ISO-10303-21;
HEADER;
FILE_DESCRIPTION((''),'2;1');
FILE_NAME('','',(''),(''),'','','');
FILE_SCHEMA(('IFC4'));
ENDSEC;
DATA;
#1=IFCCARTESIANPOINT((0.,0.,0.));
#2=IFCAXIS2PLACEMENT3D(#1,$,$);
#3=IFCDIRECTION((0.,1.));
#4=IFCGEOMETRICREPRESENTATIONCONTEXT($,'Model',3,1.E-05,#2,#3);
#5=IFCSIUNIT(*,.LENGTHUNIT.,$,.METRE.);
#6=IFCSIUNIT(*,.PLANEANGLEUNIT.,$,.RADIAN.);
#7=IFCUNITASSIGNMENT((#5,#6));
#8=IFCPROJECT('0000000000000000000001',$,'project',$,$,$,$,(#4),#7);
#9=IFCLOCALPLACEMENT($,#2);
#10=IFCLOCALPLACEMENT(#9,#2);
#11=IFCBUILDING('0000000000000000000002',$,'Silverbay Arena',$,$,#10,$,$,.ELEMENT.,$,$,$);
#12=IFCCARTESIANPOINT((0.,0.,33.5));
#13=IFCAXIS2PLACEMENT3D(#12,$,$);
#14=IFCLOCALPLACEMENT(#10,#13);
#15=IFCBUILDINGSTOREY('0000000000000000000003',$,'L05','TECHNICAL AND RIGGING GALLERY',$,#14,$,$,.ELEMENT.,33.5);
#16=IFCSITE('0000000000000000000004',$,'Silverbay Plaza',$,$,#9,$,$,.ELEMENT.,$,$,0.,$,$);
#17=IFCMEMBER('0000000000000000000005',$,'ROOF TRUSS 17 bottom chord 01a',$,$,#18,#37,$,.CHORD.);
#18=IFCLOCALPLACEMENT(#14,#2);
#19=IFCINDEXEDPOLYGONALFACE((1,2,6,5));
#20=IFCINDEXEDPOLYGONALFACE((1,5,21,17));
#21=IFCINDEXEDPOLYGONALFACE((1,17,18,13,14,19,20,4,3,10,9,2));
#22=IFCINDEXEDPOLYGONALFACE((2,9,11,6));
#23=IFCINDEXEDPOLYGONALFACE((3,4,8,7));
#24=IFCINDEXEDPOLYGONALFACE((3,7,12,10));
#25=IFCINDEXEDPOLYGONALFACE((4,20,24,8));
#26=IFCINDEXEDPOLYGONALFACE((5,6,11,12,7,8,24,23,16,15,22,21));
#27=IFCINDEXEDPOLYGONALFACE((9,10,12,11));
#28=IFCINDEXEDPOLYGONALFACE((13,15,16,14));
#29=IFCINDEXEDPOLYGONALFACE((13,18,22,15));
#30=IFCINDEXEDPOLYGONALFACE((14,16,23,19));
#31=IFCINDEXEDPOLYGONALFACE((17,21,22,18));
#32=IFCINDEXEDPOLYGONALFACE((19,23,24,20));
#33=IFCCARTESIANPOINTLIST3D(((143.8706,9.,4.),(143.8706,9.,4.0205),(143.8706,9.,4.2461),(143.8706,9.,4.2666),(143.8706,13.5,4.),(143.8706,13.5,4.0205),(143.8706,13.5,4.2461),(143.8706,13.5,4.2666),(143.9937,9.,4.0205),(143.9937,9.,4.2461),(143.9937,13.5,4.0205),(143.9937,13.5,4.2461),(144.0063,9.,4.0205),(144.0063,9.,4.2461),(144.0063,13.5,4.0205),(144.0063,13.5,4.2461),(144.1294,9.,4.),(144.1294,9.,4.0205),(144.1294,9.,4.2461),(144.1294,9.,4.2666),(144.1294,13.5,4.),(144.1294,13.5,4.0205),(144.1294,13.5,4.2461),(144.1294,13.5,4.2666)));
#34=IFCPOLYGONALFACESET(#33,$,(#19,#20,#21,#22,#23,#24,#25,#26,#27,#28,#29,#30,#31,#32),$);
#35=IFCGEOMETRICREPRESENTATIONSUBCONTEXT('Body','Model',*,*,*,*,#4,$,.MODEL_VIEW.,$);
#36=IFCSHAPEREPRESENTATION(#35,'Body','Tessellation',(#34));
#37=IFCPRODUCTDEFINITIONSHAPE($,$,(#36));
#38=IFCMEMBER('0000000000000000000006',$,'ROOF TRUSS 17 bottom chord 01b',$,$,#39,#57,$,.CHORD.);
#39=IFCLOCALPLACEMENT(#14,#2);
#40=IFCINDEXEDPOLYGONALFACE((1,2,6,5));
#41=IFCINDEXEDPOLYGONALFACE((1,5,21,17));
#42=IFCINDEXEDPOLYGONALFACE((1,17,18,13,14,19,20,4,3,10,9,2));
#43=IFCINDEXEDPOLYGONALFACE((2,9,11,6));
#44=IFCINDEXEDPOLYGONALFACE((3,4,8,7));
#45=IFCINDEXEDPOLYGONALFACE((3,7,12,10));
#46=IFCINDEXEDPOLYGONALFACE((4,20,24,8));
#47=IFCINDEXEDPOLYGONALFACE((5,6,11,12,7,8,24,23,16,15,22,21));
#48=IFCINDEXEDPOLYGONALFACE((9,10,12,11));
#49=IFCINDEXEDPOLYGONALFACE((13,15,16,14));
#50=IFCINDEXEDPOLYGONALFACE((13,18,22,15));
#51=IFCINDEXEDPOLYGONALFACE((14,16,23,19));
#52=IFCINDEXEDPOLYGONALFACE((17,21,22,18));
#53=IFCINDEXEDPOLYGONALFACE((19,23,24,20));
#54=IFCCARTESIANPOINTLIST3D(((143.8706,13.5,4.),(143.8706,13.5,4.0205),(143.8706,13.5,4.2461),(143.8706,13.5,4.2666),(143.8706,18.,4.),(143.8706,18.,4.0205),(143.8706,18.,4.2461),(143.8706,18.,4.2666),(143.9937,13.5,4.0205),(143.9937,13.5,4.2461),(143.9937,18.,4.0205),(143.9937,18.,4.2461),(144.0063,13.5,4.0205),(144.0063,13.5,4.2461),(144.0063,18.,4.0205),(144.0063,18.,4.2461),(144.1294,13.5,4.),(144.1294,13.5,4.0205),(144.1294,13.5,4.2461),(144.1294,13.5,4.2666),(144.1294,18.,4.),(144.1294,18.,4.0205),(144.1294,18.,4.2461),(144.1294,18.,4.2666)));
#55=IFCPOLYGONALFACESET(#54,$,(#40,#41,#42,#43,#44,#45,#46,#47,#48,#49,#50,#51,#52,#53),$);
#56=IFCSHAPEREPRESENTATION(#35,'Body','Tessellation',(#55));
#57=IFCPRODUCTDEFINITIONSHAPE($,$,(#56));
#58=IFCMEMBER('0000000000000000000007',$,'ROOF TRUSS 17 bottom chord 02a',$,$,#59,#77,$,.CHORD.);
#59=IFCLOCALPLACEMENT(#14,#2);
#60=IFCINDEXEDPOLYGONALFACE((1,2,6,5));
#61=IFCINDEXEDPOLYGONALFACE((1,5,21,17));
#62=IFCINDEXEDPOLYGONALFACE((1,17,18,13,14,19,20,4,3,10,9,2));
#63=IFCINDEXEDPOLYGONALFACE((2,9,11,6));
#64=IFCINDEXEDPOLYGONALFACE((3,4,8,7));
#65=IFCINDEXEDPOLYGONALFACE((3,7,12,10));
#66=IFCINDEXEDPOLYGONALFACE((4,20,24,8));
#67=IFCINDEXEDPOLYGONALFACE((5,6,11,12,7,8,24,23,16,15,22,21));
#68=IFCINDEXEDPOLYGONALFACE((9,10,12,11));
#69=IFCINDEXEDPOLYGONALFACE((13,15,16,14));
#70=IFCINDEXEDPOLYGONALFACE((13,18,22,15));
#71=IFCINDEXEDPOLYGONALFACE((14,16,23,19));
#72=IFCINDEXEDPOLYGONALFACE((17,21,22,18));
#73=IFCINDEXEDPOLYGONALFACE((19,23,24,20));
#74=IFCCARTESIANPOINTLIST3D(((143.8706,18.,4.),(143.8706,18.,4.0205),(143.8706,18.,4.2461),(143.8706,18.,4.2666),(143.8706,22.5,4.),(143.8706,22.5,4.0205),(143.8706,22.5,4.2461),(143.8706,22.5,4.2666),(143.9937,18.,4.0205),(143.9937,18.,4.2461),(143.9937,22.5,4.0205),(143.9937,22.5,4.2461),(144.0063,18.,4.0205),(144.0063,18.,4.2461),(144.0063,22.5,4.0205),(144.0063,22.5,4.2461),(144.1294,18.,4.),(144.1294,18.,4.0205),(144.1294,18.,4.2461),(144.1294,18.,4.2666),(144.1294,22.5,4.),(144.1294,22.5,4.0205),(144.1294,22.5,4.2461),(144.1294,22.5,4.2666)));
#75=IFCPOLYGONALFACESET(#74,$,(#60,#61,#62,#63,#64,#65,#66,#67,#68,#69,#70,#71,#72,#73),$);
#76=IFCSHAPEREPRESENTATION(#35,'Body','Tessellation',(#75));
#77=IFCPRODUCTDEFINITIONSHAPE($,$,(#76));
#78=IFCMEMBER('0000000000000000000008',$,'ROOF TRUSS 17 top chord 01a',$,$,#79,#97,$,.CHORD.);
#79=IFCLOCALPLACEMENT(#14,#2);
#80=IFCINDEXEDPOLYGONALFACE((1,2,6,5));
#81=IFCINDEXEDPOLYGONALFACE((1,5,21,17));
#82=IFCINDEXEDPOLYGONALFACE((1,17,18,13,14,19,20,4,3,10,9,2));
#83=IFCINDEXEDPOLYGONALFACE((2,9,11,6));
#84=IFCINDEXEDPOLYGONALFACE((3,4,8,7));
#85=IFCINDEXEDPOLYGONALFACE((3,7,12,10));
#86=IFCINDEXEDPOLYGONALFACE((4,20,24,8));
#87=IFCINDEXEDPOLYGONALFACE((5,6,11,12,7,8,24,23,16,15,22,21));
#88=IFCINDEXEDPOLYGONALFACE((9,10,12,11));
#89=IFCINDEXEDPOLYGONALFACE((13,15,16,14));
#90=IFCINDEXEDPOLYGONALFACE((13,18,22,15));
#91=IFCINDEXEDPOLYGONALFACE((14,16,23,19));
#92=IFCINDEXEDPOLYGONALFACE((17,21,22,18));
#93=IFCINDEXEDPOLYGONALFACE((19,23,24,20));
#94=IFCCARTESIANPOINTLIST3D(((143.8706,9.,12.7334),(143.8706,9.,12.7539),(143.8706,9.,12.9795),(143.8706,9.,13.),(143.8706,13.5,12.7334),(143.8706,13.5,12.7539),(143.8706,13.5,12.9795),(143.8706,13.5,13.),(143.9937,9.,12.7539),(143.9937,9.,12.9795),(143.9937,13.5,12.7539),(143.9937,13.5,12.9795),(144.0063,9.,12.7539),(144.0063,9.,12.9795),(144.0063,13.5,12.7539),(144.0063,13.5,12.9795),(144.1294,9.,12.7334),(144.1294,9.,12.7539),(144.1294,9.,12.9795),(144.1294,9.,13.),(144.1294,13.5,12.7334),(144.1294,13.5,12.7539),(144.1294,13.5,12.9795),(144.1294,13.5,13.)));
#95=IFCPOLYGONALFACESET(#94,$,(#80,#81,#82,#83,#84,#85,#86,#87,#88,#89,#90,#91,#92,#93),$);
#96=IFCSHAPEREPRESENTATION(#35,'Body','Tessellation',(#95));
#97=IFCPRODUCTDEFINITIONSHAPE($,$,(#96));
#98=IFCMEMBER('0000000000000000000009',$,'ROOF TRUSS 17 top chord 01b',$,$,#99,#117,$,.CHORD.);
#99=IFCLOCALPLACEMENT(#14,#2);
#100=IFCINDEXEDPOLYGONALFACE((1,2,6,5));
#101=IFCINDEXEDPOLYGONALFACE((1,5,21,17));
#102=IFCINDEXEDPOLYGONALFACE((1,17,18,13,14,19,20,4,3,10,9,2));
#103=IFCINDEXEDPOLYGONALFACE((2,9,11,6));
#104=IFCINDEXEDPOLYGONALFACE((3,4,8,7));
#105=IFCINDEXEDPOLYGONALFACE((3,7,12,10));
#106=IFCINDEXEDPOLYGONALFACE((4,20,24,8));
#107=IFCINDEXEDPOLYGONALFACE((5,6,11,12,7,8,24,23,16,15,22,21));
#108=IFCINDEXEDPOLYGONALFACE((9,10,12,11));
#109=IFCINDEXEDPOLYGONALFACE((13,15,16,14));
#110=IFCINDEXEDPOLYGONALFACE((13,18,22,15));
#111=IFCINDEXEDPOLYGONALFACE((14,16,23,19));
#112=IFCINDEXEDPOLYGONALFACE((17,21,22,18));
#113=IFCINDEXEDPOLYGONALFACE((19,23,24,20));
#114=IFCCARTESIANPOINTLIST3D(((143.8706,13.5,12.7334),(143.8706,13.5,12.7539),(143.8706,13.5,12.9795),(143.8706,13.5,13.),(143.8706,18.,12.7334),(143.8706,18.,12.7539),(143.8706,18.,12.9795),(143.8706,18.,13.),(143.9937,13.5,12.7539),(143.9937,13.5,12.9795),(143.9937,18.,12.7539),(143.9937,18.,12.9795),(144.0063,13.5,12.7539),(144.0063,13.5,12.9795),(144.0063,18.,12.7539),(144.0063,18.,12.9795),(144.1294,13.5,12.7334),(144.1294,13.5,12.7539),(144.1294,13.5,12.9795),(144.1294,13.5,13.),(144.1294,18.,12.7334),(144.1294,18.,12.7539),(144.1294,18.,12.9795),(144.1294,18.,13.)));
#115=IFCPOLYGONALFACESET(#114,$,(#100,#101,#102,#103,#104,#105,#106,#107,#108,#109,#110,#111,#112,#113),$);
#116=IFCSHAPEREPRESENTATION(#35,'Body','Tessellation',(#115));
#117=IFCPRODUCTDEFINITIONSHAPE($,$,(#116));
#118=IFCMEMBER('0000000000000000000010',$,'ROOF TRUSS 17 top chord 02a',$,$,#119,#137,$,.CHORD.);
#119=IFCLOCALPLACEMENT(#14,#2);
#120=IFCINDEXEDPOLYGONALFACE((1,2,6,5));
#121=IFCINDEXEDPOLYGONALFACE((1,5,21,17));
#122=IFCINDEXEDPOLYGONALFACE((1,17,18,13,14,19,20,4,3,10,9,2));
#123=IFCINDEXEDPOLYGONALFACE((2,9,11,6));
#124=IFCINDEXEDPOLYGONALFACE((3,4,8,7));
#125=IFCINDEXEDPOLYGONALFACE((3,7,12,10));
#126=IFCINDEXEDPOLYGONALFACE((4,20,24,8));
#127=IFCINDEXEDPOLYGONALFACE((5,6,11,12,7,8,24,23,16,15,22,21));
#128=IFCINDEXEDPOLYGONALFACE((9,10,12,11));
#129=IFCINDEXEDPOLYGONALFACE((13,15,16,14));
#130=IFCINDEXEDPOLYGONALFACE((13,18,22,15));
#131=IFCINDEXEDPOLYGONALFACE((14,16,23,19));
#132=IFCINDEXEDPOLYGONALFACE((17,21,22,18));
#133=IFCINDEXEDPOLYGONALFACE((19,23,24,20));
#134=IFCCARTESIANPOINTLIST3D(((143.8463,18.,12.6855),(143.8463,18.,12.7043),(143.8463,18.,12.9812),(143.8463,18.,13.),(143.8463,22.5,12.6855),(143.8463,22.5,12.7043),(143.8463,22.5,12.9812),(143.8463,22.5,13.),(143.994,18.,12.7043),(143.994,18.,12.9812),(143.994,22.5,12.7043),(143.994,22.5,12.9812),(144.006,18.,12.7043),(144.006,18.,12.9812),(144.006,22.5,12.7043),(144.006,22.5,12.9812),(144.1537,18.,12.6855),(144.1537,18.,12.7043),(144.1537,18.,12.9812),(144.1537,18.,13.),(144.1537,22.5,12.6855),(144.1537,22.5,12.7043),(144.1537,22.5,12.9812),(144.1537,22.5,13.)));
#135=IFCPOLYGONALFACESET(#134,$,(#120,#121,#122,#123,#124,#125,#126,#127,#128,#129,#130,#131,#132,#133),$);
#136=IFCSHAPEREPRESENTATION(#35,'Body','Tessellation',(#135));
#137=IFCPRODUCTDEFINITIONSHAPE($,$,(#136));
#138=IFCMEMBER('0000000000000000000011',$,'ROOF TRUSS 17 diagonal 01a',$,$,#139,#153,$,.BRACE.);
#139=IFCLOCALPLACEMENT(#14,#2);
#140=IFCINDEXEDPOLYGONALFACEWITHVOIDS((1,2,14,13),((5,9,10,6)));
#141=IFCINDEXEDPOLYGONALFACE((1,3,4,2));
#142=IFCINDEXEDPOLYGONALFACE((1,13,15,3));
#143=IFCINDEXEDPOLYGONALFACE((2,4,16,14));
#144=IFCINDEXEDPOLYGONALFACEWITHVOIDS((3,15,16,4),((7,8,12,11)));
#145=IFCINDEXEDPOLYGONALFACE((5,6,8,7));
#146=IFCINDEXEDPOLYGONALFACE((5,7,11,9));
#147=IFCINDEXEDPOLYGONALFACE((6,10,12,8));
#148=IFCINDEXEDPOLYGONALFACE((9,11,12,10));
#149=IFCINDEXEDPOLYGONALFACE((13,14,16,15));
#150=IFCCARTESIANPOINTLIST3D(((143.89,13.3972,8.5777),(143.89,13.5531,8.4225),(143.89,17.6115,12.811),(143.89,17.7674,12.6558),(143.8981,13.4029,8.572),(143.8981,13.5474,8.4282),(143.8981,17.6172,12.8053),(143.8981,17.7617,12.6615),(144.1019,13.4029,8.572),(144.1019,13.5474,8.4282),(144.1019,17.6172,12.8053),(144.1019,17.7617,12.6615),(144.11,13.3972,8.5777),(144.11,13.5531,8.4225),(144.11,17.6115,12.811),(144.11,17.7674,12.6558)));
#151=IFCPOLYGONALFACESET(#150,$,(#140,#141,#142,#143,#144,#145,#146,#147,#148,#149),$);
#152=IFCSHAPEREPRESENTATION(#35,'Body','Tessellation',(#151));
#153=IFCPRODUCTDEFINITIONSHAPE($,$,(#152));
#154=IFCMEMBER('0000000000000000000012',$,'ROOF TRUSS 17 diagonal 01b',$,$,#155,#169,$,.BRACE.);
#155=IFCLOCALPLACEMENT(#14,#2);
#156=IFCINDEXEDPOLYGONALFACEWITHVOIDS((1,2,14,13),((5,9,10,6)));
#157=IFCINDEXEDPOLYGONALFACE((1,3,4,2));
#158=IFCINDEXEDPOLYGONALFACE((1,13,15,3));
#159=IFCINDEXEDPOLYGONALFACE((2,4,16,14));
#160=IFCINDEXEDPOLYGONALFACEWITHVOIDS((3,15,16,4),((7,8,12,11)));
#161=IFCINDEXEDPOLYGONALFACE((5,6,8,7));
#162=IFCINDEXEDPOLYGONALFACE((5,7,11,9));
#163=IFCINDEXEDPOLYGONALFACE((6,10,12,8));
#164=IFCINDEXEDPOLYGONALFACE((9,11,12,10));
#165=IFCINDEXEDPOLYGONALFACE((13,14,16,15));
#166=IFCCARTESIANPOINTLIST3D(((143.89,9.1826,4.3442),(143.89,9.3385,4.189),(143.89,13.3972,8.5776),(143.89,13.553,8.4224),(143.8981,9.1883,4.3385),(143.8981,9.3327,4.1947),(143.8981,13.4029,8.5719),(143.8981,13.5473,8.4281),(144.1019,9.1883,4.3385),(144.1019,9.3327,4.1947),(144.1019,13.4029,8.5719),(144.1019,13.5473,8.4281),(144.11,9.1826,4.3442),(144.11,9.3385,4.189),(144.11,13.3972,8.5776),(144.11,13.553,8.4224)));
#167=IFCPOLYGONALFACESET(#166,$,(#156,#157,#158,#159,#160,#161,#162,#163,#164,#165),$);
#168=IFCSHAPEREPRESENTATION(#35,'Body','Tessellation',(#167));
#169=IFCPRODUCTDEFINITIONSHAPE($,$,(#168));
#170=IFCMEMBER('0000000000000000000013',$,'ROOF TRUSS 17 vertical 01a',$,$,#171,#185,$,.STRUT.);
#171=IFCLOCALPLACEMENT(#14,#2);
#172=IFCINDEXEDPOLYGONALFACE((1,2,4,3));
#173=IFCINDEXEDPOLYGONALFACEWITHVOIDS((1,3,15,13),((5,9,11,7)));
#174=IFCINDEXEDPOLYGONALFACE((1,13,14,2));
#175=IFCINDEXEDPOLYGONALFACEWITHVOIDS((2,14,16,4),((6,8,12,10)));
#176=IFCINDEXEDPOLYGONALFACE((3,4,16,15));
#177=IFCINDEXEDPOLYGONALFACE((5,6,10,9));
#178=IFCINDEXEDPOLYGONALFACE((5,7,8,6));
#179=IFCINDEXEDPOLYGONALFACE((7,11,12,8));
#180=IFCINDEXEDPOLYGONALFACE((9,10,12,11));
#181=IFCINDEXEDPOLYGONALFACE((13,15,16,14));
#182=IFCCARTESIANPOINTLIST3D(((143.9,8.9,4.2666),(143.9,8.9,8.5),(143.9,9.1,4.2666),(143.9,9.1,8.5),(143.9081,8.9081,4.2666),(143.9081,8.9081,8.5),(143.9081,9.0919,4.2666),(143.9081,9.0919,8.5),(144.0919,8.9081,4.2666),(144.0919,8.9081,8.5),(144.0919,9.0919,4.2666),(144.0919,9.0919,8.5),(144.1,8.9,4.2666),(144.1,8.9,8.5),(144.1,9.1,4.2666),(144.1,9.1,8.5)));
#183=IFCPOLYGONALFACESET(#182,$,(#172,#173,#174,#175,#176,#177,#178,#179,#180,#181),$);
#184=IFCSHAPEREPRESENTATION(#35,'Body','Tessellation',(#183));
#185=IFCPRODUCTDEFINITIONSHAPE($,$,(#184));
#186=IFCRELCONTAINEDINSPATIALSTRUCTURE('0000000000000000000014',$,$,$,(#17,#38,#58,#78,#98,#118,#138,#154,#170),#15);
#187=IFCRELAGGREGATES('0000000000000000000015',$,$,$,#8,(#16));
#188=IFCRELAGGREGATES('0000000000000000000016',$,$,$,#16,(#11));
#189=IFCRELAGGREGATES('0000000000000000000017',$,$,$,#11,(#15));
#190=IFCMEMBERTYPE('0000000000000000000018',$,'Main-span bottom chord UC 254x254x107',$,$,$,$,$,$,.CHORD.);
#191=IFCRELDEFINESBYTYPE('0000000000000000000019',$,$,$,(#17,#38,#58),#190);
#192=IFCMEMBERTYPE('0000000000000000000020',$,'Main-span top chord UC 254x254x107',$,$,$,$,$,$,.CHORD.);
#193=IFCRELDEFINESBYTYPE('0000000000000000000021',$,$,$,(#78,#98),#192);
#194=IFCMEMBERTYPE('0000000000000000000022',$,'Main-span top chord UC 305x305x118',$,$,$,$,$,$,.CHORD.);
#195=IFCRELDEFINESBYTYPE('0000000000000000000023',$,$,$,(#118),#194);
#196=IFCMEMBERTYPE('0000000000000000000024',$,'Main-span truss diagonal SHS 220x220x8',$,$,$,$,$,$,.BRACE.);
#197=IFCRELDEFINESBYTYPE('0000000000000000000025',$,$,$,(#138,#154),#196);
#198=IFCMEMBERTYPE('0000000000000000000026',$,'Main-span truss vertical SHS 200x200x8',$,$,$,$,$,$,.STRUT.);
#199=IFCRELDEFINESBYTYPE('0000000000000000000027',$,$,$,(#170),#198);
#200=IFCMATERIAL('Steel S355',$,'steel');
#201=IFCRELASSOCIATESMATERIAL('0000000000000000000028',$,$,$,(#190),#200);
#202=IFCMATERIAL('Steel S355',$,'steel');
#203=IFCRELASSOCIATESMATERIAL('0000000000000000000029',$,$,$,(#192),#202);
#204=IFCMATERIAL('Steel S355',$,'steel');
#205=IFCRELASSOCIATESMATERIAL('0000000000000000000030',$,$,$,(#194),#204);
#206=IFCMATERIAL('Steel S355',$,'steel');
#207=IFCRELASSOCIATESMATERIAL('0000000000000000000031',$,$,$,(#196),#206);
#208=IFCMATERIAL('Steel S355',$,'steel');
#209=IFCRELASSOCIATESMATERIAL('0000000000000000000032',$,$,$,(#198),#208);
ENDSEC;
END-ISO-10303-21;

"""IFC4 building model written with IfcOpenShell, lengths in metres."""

from ifc_helpers import new_model, si_unit, direction, frame, origin, origin_2d, place, context, subcontext, project, spatial, hollow_rectangle, i_section, extrude, material, material_profile, profile_set, type_object, element, save


model = new_model("IFC4")

# Units and contexts
model_context = context("Model", 3, precision=1e-05, world=origin(), true_north=direction((0.0, 1.0)))
body_context = subcontext(model_context, "Body", "Model", "MODEL_VIEW")
ifc_project = project(units=[si_unit("LENGTHUNIT", "METRE"), si_unit("PLANEANGLEUNIT", "RADIAN")], contexts=[model_context])

# Site, building, storey
site_placement = place(None, origin())
site = spatial("IfcSite", under=ifc_project, at=site_placement, Name="Silverbay Plaza", CompositionType="ELEMENT", RefElevation=0.0)
building_placement = place(site_placement, origin())
building = spatial("IfcBuilding", under=site, at=building_placement, Name="Silverbay Arena", CompositionType="ELEMENT")
storey_placement = place(building_placement, frame((0.0, 0.0, 33.5)))
storey = spatial("IfcBuildingStorey", under=building, at=storey_placement, Name="L05", Description="TECHNICAL AND RIGGING GALLERY", CompositionType="ELEMENT", Elevation=33.5)

# Members
ifc_material_1 = material(Name="Steel S355", Category="steel")
ifc_material_profile_1 = material_profile(ifc_material_1, i_section(OverallWidth=0.2588, OverallDepth=0.2666, WebThickness=0.0127, FlangeThickness=0.0205, at=origin_2d()), Name="UC 254x254x107")
ifc_profile_set_1 = profile_set([ifc_material_profile_1], Name="Steel S355")
member_type_1 = type_object("IfcMemberType", Name="Main-span bottom chord UC 254x254x107", PredefinedType="CHORD", material=ifc_profile_set_1)
for number, where, z_axis, x_axis, name in (
    (1, (144.0, 9.0, 4.1333), (0.0, 1.0, 0.0), (-1.0, 0.0, 0.0), "ROOF TRUSS 17 bottom chord 01a"),
    (2, (144.0, 13.5, 4.1333), (0.0, 1.0, 0.0), (-1.0, 0.0, 0.0), "ROOF TRUSS 17 bottom chord 01b"),
    (3, (144.0, 18.0, 4.1333), (0.0, 1.0, 0.0), (-1.0, 0.0, 0.0), "ROOF TRUSS 17 bottom chord 02a"),
):
    element("IfcMember", number, at=place(storey_placement, frame(where, z_axis=z_axis, x_axis=x_axis)), inside=storey, type_object=member_type_1, Name=name, PredefinedType="CHORD", context=body_context, shape_type="SweptSolid", body=[
        extrude(i_section(OverallWidth=0.2588, OverallDepth=0.2666, WebThickness=0.0127, FlangeThickness=0.0205, at=origin_2d()), origin(), (0.0, 0.0, 1.0), 4.5),
    ])
ifc_material_2 = material(Name="Steel S355", Category="steel")
ifc_material_profile_2 = material_profile(ifc_material_2, i_section(OverallWidth=0.2588, OverallDepth=0.2666, WebThickness=0.0127, FlangeThickness=0.0205, at=origin_2d()), Name="UC 254x254x107")
ifc_profile_set_2 = profile_set([ifc_material_profile_2], Name="Steel S355")
member_type_2 = type_object("IfcMemberType", Name="Main-span top chord UC 254x254x107", PredefinedType="CHORD", material=ifc_profile_set_2)
for number, where, z_axis, x_axis, name in (
    (4, (144.0, 9.0, 12.8667), (0.0, 1.0, 0.0), (-1.0, 0.0, 0.0), "ROOF TRUSS 17 top chord 01a"),
    (5, (144.0, 13.5, 12.8667), (0.0, 1.0, 0.0), (-1.0, 0.0, 0.0), "ROOF TRUSS 17 top chord 01b"),
):
    element("IfcMember", number, at=place(storey_placement, frame(where, z_axis=z_axis, x_axis=x_axis)), inside=storey, type_object=member_type_2, Name=name, PredefinedType="CHORD", context=body_context, shape_type="SweptSolid", body=[
        extrude(i_section(OverallWidth=0.2588, OverallDepth=0.2666, WebThickness=0.0127, FlangeThickness=0.0205, at=origin_2d()), origin(), (0.0, 0.0, 1.0), 4.5),
    ])
ifc_material_3 = material(Name="Steel S355", Category="steel")
ifc_material_profile_3 = material_profile(ifc_material_3, i_section(OverallWidth=0.3074, OverallDepth=0.3145, WebThickness=0.012, FlangeThickness=0.0188, at=origin_2d()), Name="UC 305x305x118")
ifc_profile_set_3 = profile_set([ifc_material_profile_3], Name="Steel S355")
member_type_3 = type_object("IfcMemberType", Name="Main-span top chord UC 305x305x118", PredefinedType="CHORD", material=ifc_profile_set_3)
member_1_placement = place(storey_placement, frame((144.0, 18.0, 12.8428), z_axis=(0.0, 1.0, 0.0), x_axis=(-1.0, 0.0, 0.0)))
element("IfcMember", 6, at=member_1_placement, inside=storey, type_object=member_type_3, Name="ROOF TRUSS 17 top chord 02a", PredefinedType="CHORD", context=body_context, shape_type="SweptSolid", body=[
    extrude(i_section(OverallWidth=0.3074, OverallDepth=0.3145, WebThickness=0.012, FlangeThickness=0.0188, at=origin_2d()), origin(), (0.0, 0.0, 1.0), 4.5),
])
ifc_material_4 = material(Name="Steel S355", Category="steel")
ifc_material_profile_4 = material_profile(ifc_material_4, hollow_rectangle(XDim=0.22, YDim=0.22, WallThickness=0.0081, at=origin_2d()), Name="SHS 220x220x8")
ifc_profile_set_4 = profile_set([ifc_material_profile_4], Name="Steel S355")
member_type_4 = type_object("IfcMemberType", Name="Main-span truss diagonal SHS 220x220x8", PredefinedType="BRACE", material=ifc_profile_set_4)
member_2_placement = place(storey_placement, frame((144.0, 17.6895, 12.7334), z_axis=(0.0, -0.705511, -0.708699), x_axis=(1.0, 0.0, 0.0)))
element("IfcMember", 7, at=member_2_placement, inside=storey, type_object=member_type_4, Name="ROOF TRUSS 17 diagonal 01a", PredefinedType="BRACE", context=body_context, shape_type="SweptSolid", body=[
    extrude(hollow_rectangle(XDim=0.22, YDim=0.22, WallThickness=0.0081, at=origin_2d()), origin(), (0.0, 0.0, 1.0), 5.9734),
])
member_3_placement = place(storey_placement, frame((144.0, 13.4751, 8.5), z_axis=(0.0, -0.705532, -0.708679), x_axis=(1.0, 0.0, 0.0)))
element("IfcMember", 8, at=member_3_placement, inside=storey, type_object=member_type_4, Name="ROOF TRUSS 17 diagonal 01b", PredefinedType="BRACE", context=body_context, shape_type="SweptSolid", body=[
    extrude(hollow_rectangle(XDim=0.22, YDim=0.22, WallThickness=0.0081, at=origin_2d()), origin(), (0.0, 0.0, 1.0), 5.9736),
])
ifc_material_5 = material(Name="Steel S355", Category="steel")
ifc_material_profile_5 = material_profile(ifc_material_5, hollow_rectangle(XDim=0.2, YDim=0.2, WallThickness=0.0081, at=origin_2d()), Name="SHS 200x200x8")
ifc_profile_set_5 = profile_set([ifc_material_profile_5], Name="Steel S355")
member_type_5 = type_object("IfcMemberType", Name="Main-span truss vertical SHS 200x200x8", PredefinedType="STRUT", material=ifc_profile_set_5)
for number, where, z_axis, x_axis, name in (
    (9, (144.0, 9.0, 4.2666), (0.0, 0.0, 1.0), (1.0, 0.0, 0.0), "ROOF TRUSS 17 vertical 01a"),
):
    element("IfcMember", number, at=place(storey_placement, frame(where, z_axis=z_axis, x_axis=x_axis)), inside=storey, type_object=member_type_5, Name=name, PredefinedType="STRUT", context=body_context, shape_type="SweptSolid", body=[
        extrude(hollow_rectangle(XDim=0.2, YDim=0.2, WallThickness=0.0081, at=origin_2d()), origin(), (0.0, 0.0, 1.0), 4.2334),
    ])

save(model, "model.ifc")
